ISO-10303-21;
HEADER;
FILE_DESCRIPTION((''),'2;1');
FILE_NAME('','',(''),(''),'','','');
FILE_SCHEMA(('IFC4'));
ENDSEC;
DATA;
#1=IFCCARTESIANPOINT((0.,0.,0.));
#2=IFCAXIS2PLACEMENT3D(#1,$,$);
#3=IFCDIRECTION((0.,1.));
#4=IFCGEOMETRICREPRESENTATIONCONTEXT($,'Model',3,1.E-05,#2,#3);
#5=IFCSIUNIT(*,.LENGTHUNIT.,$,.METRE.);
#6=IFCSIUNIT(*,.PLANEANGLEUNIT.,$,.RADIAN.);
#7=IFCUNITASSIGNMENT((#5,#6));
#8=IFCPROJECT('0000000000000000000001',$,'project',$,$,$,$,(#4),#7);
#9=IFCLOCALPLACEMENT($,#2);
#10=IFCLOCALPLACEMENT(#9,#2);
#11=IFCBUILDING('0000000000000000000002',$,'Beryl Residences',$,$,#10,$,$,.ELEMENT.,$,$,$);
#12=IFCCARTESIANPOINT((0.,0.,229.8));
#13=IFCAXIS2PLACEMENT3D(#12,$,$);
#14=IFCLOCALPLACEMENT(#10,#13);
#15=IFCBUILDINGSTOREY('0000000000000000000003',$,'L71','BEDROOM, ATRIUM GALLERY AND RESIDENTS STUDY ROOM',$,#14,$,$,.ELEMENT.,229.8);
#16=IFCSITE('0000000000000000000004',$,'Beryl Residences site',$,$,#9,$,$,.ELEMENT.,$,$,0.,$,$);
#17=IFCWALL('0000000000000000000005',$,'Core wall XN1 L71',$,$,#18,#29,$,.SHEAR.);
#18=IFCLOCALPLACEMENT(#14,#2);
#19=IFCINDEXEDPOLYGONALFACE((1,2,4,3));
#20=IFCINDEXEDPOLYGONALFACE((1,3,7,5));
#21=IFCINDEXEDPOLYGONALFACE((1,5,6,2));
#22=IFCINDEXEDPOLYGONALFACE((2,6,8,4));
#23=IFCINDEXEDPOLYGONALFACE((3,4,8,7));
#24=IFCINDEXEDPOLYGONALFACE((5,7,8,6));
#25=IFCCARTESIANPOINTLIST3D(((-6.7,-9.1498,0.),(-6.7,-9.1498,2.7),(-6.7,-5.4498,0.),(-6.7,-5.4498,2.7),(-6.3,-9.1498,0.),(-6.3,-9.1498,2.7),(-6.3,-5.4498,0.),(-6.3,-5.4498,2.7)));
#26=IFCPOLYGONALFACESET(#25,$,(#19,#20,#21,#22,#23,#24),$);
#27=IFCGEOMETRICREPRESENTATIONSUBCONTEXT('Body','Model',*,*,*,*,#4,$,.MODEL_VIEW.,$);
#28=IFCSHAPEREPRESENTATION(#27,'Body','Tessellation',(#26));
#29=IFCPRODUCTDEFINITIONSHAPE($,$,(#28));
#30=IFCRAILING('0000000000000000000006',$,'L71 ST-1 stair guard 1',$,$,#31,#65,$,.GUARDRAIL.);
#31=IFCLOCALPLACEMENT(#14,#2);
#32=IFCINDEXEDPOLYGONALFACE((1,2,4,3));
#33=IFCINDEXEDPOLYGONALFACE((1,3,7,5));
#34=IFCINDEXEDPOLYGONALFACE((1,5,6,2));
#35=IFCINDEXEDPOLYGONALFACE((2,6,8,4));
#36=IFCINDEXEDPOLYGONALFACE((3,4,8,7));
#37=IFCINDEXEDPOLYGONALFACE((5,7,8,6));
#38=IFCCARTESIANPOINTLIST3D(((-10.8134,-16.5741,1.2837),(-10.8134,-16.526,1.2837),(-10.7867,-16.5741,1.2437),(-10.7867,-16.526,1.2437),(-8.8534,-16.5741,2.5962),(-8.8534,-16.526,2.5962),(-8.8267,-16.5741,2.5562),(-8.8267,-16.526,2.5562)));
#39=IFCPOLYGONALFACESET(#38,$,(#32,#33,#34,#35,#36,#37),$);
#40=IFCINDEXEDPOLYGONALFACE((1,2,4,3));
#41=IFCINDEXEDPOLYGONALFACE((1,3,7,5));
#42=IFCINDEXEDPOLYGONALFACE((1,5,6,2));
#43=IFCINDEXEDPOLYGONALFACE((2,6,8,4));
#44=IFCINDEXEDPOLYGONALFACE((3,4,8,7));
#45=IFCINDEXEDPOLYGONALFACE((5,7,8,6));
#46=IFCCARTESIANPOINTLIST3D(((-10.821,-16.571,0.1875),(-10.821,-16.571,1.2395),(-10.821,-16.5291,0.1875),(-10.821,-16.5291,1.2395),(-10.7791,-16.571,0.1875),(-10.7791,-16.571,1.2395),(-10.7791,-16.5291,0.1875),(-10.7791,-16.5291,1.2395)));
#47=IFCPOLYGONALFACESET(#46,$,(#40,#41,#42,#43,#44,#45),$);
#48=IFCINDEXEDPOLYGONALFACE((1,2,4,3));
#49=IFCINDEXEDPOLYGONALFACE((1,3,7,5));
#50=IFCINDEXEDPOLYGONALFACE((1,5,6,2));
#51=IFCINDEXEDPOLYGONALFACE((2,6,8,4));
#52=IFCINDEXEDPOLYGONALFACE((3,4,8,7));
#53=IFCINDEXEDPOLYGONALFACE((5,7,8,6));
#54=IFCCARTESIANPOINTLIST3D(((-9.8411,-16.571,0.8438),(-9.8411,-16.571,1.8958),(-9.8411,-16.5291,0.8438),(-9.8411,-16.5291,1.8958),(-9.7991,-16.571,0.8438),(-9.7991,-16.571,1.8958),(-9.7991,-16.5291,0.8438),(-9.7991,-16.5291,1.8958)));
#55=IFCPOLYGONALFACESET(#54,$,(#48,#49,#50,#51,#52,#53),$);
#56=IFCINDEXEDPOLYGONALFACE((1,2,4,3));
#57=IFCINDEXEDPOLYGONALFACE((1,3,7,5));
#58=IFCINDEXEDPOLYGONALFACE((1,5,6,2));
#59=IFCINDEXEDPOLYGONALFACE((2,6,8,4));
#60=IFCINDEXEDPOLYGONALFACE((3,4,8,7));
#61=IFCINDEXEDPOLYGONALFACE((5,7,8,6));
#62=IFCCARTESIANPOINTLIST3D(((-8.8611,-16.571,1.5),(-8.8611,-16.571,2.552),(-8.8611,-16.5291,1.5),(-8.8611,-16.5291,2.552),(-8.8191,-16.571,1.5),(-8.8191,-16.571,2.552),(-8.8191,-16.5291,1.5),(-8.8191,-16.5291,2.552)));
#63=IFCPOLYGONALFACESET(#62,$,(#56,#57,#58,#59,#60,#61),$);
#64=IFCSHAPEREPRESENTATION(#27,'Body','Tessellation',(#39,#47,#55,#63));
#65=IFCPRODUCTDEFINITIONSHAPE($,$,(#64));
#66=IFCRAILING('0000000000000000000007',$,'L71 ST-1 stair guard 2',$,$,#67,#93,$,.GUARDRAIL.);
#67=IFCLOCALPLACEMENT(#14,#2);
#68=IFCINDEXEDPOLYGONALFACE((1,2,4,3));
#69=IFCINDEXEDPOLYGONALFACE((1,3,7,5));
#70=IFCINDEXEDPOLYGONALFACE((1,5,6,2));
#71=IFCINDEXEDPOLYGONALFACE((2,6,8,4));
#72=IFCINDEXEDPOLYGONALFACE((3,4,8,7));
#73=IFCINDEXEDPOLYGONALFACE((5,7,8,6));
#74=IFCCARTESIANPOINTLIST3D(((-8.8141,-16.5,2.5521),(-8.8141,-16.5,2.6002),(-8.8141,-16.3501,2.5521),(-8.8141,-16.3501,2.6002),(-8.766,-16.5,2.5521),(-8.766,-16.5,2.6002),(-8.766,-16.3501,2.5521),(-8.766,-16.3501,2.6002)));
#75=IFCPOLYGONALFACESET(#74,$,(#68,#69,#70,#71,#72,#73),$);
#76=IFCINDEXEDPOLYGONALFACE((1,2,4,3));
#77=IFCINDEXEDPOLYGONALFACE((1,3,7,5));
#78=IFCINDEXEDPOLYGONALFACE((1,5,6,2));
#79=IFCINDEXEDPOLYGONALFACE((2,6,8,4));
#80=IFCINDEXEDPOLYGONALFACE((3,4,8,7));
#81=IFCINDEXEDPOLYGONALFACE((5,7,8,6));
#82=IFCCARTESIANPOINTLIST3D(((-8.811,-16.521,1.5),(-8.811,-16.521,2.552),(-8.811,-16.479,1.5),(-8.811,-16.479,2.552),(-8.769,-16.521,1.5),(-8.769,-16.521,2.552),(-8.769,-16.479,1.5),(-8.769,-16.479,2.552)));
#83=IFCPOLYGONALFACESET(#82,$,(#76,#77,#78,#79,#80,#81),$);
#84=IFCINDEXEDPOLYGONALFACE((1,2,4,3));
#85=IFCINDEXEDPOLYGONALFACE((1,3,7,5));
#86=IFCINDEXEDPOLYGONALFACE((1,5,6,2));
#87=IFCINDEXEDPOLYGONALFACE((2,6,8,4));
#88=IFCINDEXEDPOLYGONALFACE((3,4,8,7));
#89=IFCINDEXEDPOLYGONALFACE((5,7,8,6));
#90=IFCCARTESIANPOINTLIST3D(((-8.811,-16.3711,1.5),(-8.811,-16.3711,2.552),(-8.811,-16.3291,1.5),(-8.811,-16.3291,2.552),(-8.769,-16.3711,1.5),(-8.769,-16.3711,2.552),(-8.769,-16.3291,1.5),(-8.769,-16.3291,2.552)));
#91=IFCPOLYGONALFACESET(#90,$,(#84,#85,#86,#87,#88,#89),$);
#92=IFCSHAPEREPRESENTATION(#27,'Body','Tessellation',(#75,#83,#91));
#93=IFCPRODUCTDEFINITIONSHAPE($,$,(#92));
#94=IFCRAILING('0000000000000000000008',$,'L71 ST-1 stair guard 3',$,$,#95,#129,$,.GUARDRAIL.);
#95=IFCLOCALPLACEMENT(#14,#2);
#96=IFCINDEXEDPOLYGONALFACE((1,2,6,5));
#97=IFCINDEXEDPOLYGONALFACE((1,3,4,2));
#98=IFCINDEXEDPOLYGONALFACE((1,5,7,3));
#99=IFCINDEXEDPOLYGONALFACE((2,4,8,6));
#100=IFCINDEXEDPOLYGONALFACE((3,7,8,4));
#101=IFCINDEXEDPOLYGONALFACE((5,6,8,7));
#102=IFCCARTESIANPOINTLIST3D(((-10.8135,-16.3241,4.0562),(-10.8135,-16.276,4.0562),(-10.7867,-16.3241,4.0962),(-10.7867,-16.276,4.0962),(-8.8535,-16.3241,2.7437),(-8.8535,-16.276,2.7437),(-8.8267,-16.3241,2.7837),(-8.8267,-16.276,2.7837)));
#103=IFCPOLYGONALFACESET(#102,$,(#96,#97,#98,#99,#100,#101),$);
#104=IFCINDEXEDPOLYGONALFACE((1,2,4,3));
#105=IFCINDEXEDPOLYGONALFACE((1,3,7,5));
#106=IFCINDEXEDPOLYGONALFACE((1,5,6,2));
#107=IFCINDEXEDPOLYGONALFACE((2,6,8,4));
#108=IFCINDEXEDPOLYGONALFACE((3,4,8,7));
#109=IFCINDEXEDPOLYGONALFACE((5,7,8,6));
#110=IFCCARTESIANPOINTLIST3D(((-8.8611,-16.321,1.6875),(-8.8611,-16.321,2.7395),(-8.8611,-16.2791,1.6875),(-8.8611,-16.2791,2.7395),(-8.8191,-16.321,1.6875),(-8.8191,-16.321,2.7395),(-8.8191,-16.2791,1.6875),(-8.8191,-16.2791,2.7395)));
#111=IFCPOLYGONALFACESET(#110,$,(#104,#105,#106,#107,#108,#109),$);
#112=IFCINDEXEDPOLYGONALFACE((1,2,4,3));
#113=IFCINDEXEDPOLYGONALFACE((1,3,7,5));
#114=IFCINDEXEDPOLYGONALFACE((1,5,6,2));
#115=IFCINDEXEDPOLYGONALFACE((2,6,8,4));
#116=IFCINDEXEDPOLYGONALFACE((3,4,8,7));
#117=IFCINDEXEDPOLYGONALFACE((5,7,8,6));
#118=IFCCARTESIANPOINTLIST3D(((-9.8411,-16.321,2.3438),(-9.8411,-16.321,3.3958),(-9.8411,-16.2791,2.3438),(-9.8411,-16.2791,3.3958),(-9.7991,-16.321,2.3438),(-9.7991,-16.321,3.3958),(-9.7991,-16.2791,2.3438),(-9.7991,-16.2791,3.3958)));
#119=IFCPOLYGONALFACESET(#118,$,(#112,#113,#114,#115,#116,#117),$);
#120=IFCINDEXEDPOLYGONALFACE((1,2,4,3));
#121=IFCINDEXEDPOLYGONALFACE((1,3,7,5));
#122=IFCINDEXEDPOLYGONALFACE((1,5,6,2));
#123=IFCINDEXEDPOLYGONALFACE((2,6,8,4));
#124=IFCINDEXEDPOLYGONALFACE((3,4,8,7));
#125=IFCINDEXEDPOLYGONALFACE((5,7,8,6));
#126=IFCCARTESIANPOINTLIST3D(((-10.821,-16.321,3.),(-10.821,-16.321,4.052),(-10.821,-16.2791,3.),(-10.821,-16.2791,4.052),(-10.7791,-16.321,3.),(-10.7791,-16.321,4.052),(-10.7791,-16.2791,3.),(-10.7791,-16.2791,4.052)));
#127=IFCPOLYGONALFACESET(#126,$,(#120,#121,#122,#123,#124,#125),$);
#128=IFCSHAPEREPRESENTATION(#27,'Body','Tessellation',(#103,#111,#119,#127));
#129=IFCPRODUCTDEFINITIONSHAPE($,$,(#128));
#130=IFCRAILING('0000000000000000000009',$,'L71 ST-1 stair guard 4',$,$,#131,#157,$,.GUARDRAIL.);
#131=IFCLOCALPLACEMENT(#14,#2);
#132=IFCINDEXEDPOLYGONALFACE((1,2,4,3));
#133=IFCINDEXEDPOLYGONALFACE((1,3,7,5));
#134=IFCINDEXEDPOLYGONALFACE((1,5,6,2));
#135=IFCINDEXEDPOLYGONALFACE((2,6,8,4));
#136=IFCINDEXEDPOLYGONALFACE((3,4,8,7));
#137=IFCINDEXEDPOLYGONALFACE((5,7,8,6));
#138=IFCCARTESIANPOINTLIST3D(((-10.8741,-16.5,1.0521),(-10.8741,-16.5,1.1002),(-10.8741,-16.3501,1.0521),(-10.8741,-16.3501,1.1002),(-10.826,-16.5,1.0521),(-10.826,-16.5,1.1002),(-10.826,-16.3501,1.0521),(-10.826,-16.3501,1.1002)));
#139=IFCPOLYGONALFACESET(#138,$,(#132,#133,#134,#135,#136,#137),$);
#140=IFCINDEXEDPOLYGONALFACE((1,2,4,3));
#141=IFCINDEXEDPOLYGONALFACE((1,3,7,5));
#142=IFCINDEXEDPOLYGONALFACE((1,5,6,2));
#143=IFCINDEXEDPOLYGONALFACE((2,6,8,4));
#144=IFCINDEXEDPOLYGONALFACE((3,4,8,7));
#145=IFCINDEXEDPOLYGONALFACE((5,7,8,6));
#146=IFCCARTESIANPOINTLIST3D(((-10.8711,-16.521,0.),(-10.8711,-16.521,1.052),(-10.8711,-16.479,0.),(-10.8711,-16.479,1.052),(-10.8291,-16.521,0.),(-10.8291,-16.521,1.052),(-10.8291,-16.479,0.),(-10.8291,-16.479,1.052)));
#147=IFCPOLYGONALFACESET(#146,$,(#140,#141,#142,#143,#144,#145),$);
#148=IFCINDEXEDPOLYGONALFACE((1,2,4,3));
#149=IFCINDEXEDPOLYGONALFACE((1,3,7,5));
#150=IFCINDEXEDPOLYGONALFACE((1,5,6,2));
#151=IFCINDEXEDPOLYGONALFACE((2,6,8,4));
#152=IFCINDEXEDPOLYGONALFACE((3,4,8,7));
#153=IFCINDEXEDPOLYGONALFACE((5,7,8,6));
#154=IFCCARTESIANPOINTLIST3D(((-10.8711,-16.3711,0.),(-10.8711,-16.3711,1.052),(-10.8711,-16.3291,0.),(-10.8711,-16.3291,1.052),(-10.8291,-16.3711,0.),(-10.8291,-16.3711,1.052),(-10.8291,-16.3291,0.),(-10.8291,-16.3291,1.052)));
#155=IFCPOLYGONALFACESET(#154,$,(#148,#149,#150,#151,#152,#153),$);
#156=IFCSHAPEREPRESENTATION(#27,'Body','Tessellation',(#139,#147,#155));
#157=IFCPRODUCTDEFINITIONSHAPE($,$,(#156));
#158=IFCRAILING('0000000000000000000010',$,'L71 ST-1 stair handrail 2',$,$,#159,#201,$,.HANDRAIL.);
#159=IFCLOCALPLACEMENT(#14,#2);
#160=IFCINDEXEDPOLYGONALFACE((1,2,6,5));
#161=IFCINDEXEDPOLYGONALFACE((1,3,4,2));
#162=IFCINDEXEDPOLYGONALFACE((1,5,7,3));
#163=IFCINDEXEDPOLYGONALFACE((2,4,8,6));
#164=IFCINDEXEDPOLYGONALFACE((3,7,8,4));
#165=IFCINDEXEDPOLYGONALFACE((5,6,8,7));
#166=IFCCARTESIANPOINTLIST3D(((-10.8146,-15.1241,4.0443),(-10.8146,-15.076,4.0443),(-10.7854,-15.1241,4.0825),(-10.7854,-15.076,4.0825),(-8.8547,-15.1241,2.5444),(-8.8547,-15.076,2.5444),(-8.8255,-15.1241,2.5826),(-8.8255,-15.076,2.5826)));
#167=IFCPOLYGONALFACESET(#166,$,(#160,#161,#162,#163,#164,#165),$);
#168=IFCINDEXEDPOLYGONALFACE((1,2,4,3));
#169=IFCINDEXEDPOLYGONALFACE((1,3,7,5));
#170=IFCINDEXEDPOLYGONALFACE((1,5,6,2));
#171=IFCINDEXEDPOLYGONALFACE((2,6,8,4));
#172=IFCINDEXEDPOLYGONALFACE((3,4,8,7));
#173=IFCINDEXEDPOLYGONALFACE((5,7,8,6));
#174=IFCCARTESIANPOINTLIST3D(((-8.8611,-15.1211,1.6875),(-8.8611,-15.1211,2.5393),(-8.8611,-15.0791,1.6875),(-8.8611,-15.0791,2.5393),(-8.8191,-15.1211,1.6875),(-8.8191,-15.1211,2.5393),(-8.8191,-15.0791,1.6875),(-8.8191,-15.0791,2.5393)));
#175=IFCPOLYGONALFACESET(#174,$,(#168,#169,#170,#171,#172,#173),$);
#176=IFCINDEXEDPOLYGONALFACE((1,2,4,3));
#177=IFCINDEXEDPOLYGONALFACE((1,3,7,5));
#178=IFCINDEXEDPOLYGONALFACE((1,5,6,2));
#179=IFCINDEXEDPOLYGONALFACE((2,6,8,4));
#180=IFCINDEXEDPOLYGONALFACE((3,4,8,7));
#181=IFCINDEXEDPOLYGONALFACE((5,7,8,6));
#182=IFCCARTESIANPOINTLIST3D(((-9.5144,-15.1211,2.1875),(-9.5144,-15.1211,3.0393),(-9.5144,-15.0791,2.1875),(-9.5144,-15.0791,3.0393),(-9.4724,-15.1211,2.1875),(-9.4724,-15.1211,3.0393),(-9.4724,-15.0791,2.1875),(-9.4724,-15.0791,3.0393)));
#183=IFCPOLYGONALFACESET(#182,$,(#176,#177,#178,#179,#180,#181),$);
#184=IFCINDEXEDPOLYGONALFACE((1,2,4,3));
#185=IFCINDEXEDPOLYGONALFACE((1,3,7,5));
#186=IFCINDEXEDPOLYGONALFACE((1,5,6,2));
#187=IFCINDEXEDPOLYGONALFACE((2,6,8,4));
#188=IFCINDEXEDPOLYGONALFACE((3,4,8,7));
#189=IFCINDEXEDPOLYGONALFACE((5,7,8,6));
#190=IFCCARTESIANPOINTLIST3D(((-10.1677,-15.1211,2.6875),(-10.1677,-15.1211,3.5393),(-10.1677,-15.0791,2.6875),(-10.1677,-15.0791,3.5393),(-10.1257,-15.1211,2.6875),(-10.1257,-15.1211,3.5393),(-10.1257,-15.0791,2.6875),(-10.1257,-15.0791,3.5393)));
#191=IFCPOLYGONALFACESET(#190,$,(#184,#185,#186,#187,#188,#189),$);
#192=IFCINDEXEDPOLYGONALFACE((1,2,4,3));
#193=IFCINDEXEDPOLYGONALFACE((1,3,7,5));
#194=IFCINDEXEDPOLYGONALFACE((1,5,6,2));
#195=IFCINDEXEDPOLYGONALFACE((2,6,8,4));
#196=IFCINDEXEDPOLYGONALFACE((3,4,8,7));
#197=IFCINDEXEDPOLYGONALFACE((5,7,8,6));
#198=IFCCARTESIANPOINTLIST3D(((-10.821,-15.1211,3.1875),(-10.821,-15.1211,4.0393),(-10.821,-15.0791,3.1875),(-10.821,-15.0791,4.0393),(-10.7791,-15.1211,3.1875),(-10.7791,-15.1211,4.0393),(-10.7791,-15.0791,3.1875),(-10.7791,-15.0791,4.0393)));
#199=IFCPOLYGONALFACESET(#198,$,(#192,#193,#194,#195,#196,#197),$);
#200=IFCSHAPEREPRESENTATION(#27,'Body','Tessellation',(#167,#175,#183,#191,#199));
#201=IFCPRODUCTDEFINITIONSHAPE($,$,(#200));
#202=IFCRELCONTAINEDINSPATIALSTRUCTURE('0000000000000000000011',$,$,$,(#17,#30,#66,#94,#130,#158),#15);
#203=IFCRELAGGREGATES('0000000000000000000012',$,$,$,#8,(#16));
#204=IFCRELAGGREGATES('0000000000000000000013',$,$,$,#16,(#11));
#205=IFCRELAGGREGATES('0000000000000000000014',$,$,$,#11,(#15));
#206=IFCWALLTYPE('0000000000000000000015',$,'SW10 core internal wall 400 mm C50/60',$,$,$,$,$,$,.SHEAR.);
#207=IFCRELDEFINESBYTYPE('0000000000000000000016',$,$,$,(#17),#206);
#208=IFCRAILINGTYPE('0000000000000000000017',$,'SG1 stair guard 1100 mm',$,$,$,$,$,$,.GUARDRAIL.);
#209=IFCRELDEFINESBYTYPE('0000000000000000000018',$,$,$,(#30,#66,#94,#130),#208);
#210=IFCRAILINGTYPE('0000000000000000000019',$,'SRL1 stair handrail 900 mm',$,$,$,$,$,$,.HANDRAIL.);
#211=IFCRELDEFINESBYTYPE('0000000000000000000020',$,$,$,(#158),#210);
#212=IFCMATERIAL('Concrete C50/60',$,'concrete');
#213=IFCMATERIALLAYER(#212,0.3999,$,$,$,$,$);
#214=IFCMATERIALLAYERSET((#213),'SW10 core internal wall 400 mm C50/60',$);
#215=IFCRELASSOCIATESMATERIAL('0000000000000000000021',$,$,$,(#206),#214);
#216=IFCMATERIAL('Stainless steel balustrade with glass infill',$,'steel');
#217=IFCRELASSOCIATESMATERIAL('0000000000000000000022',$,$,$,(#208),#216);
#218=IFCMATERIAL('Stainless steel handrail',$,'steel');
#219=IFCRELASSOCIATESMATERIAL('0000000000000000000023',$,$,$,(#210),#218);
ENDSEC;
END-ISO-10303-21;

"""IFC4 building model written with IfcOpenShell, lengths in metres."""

from ifc_helpers import new_model, si_unit, direction, frame, frame_2d, origin, origin_2d, place, context, subcontext, project, spatial, rectangle, extrude, material, layer, layer_set, type_object, element, save


model = new_model("IFC4")

# Units and contexts
model_context = context("Model", 3, precision=1e-05, world=origin(), true_north=direction((0.0, 1.0)))
body_context = subcontext(model_context, "Body", "Model", "MODEL_VIEW")
ifc_project = project(units=[si_unit("LENGTHUNIT", "METRE"), si_unit("PLANEANGLEUNIT", "RADIAN")], contexts=[model_context])

# Site, building, storey
site_placement = place(None, origin())
site = spatial("IfcSite", under=ifc_project, at=site_placement, Name="Beryl Residences site", CompositionType="ELEMENT", RefElevation=0.0)
building_placement = place(site_placement, origin())
building = spatial("IfcBuilding", under=site, at=building_placement, Name="Beryl Residences", CompositionType="ELEMENT")
storey_placement = place(building_placement, frame((0.0, 0.0, 229.8)))
storey = spatial("IfcBuildingStorey", under=building, at=storey_placement, Name="L71", Description="BEDROOM, ATRIUM GALLERY AND RESIDENTS STUDY ROOM", CompositionType="ELEMENT", Elevation=229.8)

# Shared definitions
ifc_material_1 = material(Name="Concrete C50/60", Category="concrete")
ifc_layer_1 = layer(ifc_material_1, 0.3999)
ifc_layer_set_1 = layer_set([ifc_layer_1], Name="SW10 core internal wall 400 mm C50/60")
wall_type_1 = type_object("IfcWallType", Name="SW10 core internal wall 400 mm C50/60", PredefinedType="SHEAR", material=ifc_layer_set_1)

# Wall
wall_1_placement = place(storey_placement, frame((-6.5, -9.1499, 0.0), z_axis=(0.0, 0.0, 1.0), x_axis=(0.0, 1.0, 0.0)))
element("IfcWall", 1, at=wall_1_placement, inside=storey, type_object=wall_type_1, Name="Core wall XN1 L71", PredefinedType="SHEAR", context=body_context, shape_type="SweptSolid", body=[
    extrude(rectangle(XDim=3.7, YDim=0.3999, at=frame_2d((1.8501, 0.0))), origin(), (0.0, 0.0, 1.0), 2.7),
])

# Railings
ifc_material_2 = material(Name="Stainless steel balustrade with glass infill", Category="steel")
railing_type_1 = type_object("IfcRailingType", Name="SG1 stair guard 1100 mm", PredefinedType="GUARDRAIL", material=ifc_material_2)
railing_1_placement = place(storey_placement, frame((-10.8, -16.55, 0.1875)))
element("IfcRailing", 2, at=railing_1_placement, inside=storey, type_object=railing_type_1, Name="L71 ST-1 stair guard 1", PredefinedType="GUARDRAIL", context=body_context, shape_type="SweptSolid", body=[
    extrude(rectangle(XDim=0.0481, YDim=0.0481, at=origin_2d()), frame((0.0, 0.0, 1.0762), z_axis=(0.830902, 0.0, 0.556419), x_axis=(0.0, 1.0, 0.0)), (0.0, 0.0, 1.0), 2.3589),
    extrude(rectangle(XDim=0.042, YDim=0.042, at=origin_2d()), origin(), (0.0, 0.0, 1.0), 1.052),
    extrude(rectangle(XDim=0.042, YDim=0.042, at=origin_2d()), frame((0.98, 0.0, 0.6562)), (0.0, 0.0, 1.0), 1.052),
    extrude(rectangle(XDim=0.042, YDim=0.042, at=origin_2d()), frame((1.96, 0.0, 1.3125)), (0.0, 0.0, 1.0), 1.052),
])
railing_2_placement = place(storey_placement, frame((-8.79, -16.5, 1.5)))
element("IfcRailing", 3, at=railing_2_placement, inside=storey, type_object=railing_type_1, Name="L71 ST-1 stair guard 2", PredefinedType="GUARDRAIL", context=body_context, shape_type="SweptSolid", body=[
    extrude(rectangle(XDim=0.0481, YDim=0.0481, at=origin_2d()), frame((0.0, 0.0, 1.0762), z_axis=(0.0, 1.0, 0.0), x_axis=(-1.0, 0.0, 0.0)), (0.0, 0.0, 1.0), 0.1499),
    extrude(rectangle(XDim=0.042, YDim=0.042, at=origin_2d()), origin(), (0.0, 0.0, 1.0), 1.052),
    extrude(rectangle(XDim=0.042, YDim=0.042, at=origin_2d()), frame((0.0, 0.1499, 0.0)), (0.0, 0.0, 1.0), 1.052),
])
railing_3_placement = place(storey_placement, frame((-8.8401, -16.3, 1.6875)))
element("IfcRailing", 4, at=railing_3_placement, inside=storey, type_object=railing_type_1, Name="L71 ST-1 stair guard 3", PredefinedType="GUARDRAIL", context=body_context, shape_type="SweptSolid", body=[
    extrude(rectangle(XDim=0.0481, YDim=0.0481, at=origin_2d()), frame((0.0, 0.0, 1.0762), z_axis=(-0.830902, 0.0, 0.556419), x_axis=(0.0, -1.0, 0.0)), (0.0, 0.0, 1.0), 2.3589),
    extrude(rectangle(XDim=0.042, YDim=0.042, at=origin_2d()), origin(), (0.0, 0.0, 1.0), 1.052),
    extrude(rectangle(XDim=0.042, YDim=0.042, at=origin_2d()), frame((-0.98, 0.0, 0.6562)), (0.0, 0.0, 1.0), 1.052),
    extrude(rectangle(XDim=0.042, YDim=0.042, at=origin_2d()), frame((-1.96, 0.0, 1.3125)), (0.0, 0.0, 1.0), 1.052),
])
railing_4_placement = place(storey_placement, frame((-10.8501, -16.5, 0.0)))
element("IfcRailing", 5, at=railing_4_placement, inside=storey, type_object=railing_type_1, Name="L71 ST-1 stair guard 4", PredefinedType="GUARDRAIL", context=body_context, shape_type="SweptSolid", body=[
    extrude(rectangle(XDim=0.0481, YDim=0.0481, at=origin_2d()), frame((0.0, 0.0, 1.0762), z_axis=(0.0, 1.0, 0.0), x_axis=(-1.0, 0.0, 0.0)), (0.0, 0.0, 1.0), 0.1499),
    extrude(rectangle(XDim=0.042, YDim=0.042, at=origin_2d()), origin(), (0.0, 0.0, 1.0), 1.052),
    extrude(rectangle(XDim=0.042, YDim=0.042, at=origin_2d()), frame((0.0, 0.1499, 0.0)), (0.0, 0.0, 1.0), 1.052),
])
ifc_material_3 = material(Name="Stainless steel handrail", Category="steel")
railing_type_2 = type_object("IfcRailingType", Name="SRL1 stair handrail 900 mm", PredefinedType="HANDRAIL", material=ifc_material_3)
railing_5_placement = place(storey_placement, frame((-8.8401, -15.1001, 1.6875)))
element("IfcRailing", 6, at=railing_5_placement, inside=storey, type_object=railing_type_2, Name="L71 ST-1 stair handrail 2", PredefinedType="HANDRAIL", context=body_context, shape_type="SweptSolid", body=[
    extrude(rectangle(XDim=0.0481, YDim=0.0481, at=origin_2d()), frame((0.0, 0.0, 0.876), z_axis=(-0.794122, 0.0, 0.607758), x_axis=(0.0, -1.0, 0.0)), (0.0, 0.0, 1.0), 2.468),
    extrude(rectangle(XDim=0.042, YDim=0.042, at=origin_2d()), origin(), (0.0, 0.0, 1.0), 0.8518),
    extrude(rectangle(XDim=0.042, YDim=0.042, at=origin_2d()), frame((-0.6533, 0.0, 0.5)), (0.0, 0.0, 1.0), 0.8518),
    extrude(rectangle(XDim=0.042, YDim=0.042, at=origin_2d()), frame((-1.3066, 0.0, 1.0)), (0.0, 0.0, 1.0), 0.8518),
    extrude(rectangle(XDim=0.042, YDim=0.042, at=origin_2d()), frame((-1.96, 0.0, 1.5)), (0.0, 0.0, 1.0), 0.8518),
])

save(model, "model.ifc")
